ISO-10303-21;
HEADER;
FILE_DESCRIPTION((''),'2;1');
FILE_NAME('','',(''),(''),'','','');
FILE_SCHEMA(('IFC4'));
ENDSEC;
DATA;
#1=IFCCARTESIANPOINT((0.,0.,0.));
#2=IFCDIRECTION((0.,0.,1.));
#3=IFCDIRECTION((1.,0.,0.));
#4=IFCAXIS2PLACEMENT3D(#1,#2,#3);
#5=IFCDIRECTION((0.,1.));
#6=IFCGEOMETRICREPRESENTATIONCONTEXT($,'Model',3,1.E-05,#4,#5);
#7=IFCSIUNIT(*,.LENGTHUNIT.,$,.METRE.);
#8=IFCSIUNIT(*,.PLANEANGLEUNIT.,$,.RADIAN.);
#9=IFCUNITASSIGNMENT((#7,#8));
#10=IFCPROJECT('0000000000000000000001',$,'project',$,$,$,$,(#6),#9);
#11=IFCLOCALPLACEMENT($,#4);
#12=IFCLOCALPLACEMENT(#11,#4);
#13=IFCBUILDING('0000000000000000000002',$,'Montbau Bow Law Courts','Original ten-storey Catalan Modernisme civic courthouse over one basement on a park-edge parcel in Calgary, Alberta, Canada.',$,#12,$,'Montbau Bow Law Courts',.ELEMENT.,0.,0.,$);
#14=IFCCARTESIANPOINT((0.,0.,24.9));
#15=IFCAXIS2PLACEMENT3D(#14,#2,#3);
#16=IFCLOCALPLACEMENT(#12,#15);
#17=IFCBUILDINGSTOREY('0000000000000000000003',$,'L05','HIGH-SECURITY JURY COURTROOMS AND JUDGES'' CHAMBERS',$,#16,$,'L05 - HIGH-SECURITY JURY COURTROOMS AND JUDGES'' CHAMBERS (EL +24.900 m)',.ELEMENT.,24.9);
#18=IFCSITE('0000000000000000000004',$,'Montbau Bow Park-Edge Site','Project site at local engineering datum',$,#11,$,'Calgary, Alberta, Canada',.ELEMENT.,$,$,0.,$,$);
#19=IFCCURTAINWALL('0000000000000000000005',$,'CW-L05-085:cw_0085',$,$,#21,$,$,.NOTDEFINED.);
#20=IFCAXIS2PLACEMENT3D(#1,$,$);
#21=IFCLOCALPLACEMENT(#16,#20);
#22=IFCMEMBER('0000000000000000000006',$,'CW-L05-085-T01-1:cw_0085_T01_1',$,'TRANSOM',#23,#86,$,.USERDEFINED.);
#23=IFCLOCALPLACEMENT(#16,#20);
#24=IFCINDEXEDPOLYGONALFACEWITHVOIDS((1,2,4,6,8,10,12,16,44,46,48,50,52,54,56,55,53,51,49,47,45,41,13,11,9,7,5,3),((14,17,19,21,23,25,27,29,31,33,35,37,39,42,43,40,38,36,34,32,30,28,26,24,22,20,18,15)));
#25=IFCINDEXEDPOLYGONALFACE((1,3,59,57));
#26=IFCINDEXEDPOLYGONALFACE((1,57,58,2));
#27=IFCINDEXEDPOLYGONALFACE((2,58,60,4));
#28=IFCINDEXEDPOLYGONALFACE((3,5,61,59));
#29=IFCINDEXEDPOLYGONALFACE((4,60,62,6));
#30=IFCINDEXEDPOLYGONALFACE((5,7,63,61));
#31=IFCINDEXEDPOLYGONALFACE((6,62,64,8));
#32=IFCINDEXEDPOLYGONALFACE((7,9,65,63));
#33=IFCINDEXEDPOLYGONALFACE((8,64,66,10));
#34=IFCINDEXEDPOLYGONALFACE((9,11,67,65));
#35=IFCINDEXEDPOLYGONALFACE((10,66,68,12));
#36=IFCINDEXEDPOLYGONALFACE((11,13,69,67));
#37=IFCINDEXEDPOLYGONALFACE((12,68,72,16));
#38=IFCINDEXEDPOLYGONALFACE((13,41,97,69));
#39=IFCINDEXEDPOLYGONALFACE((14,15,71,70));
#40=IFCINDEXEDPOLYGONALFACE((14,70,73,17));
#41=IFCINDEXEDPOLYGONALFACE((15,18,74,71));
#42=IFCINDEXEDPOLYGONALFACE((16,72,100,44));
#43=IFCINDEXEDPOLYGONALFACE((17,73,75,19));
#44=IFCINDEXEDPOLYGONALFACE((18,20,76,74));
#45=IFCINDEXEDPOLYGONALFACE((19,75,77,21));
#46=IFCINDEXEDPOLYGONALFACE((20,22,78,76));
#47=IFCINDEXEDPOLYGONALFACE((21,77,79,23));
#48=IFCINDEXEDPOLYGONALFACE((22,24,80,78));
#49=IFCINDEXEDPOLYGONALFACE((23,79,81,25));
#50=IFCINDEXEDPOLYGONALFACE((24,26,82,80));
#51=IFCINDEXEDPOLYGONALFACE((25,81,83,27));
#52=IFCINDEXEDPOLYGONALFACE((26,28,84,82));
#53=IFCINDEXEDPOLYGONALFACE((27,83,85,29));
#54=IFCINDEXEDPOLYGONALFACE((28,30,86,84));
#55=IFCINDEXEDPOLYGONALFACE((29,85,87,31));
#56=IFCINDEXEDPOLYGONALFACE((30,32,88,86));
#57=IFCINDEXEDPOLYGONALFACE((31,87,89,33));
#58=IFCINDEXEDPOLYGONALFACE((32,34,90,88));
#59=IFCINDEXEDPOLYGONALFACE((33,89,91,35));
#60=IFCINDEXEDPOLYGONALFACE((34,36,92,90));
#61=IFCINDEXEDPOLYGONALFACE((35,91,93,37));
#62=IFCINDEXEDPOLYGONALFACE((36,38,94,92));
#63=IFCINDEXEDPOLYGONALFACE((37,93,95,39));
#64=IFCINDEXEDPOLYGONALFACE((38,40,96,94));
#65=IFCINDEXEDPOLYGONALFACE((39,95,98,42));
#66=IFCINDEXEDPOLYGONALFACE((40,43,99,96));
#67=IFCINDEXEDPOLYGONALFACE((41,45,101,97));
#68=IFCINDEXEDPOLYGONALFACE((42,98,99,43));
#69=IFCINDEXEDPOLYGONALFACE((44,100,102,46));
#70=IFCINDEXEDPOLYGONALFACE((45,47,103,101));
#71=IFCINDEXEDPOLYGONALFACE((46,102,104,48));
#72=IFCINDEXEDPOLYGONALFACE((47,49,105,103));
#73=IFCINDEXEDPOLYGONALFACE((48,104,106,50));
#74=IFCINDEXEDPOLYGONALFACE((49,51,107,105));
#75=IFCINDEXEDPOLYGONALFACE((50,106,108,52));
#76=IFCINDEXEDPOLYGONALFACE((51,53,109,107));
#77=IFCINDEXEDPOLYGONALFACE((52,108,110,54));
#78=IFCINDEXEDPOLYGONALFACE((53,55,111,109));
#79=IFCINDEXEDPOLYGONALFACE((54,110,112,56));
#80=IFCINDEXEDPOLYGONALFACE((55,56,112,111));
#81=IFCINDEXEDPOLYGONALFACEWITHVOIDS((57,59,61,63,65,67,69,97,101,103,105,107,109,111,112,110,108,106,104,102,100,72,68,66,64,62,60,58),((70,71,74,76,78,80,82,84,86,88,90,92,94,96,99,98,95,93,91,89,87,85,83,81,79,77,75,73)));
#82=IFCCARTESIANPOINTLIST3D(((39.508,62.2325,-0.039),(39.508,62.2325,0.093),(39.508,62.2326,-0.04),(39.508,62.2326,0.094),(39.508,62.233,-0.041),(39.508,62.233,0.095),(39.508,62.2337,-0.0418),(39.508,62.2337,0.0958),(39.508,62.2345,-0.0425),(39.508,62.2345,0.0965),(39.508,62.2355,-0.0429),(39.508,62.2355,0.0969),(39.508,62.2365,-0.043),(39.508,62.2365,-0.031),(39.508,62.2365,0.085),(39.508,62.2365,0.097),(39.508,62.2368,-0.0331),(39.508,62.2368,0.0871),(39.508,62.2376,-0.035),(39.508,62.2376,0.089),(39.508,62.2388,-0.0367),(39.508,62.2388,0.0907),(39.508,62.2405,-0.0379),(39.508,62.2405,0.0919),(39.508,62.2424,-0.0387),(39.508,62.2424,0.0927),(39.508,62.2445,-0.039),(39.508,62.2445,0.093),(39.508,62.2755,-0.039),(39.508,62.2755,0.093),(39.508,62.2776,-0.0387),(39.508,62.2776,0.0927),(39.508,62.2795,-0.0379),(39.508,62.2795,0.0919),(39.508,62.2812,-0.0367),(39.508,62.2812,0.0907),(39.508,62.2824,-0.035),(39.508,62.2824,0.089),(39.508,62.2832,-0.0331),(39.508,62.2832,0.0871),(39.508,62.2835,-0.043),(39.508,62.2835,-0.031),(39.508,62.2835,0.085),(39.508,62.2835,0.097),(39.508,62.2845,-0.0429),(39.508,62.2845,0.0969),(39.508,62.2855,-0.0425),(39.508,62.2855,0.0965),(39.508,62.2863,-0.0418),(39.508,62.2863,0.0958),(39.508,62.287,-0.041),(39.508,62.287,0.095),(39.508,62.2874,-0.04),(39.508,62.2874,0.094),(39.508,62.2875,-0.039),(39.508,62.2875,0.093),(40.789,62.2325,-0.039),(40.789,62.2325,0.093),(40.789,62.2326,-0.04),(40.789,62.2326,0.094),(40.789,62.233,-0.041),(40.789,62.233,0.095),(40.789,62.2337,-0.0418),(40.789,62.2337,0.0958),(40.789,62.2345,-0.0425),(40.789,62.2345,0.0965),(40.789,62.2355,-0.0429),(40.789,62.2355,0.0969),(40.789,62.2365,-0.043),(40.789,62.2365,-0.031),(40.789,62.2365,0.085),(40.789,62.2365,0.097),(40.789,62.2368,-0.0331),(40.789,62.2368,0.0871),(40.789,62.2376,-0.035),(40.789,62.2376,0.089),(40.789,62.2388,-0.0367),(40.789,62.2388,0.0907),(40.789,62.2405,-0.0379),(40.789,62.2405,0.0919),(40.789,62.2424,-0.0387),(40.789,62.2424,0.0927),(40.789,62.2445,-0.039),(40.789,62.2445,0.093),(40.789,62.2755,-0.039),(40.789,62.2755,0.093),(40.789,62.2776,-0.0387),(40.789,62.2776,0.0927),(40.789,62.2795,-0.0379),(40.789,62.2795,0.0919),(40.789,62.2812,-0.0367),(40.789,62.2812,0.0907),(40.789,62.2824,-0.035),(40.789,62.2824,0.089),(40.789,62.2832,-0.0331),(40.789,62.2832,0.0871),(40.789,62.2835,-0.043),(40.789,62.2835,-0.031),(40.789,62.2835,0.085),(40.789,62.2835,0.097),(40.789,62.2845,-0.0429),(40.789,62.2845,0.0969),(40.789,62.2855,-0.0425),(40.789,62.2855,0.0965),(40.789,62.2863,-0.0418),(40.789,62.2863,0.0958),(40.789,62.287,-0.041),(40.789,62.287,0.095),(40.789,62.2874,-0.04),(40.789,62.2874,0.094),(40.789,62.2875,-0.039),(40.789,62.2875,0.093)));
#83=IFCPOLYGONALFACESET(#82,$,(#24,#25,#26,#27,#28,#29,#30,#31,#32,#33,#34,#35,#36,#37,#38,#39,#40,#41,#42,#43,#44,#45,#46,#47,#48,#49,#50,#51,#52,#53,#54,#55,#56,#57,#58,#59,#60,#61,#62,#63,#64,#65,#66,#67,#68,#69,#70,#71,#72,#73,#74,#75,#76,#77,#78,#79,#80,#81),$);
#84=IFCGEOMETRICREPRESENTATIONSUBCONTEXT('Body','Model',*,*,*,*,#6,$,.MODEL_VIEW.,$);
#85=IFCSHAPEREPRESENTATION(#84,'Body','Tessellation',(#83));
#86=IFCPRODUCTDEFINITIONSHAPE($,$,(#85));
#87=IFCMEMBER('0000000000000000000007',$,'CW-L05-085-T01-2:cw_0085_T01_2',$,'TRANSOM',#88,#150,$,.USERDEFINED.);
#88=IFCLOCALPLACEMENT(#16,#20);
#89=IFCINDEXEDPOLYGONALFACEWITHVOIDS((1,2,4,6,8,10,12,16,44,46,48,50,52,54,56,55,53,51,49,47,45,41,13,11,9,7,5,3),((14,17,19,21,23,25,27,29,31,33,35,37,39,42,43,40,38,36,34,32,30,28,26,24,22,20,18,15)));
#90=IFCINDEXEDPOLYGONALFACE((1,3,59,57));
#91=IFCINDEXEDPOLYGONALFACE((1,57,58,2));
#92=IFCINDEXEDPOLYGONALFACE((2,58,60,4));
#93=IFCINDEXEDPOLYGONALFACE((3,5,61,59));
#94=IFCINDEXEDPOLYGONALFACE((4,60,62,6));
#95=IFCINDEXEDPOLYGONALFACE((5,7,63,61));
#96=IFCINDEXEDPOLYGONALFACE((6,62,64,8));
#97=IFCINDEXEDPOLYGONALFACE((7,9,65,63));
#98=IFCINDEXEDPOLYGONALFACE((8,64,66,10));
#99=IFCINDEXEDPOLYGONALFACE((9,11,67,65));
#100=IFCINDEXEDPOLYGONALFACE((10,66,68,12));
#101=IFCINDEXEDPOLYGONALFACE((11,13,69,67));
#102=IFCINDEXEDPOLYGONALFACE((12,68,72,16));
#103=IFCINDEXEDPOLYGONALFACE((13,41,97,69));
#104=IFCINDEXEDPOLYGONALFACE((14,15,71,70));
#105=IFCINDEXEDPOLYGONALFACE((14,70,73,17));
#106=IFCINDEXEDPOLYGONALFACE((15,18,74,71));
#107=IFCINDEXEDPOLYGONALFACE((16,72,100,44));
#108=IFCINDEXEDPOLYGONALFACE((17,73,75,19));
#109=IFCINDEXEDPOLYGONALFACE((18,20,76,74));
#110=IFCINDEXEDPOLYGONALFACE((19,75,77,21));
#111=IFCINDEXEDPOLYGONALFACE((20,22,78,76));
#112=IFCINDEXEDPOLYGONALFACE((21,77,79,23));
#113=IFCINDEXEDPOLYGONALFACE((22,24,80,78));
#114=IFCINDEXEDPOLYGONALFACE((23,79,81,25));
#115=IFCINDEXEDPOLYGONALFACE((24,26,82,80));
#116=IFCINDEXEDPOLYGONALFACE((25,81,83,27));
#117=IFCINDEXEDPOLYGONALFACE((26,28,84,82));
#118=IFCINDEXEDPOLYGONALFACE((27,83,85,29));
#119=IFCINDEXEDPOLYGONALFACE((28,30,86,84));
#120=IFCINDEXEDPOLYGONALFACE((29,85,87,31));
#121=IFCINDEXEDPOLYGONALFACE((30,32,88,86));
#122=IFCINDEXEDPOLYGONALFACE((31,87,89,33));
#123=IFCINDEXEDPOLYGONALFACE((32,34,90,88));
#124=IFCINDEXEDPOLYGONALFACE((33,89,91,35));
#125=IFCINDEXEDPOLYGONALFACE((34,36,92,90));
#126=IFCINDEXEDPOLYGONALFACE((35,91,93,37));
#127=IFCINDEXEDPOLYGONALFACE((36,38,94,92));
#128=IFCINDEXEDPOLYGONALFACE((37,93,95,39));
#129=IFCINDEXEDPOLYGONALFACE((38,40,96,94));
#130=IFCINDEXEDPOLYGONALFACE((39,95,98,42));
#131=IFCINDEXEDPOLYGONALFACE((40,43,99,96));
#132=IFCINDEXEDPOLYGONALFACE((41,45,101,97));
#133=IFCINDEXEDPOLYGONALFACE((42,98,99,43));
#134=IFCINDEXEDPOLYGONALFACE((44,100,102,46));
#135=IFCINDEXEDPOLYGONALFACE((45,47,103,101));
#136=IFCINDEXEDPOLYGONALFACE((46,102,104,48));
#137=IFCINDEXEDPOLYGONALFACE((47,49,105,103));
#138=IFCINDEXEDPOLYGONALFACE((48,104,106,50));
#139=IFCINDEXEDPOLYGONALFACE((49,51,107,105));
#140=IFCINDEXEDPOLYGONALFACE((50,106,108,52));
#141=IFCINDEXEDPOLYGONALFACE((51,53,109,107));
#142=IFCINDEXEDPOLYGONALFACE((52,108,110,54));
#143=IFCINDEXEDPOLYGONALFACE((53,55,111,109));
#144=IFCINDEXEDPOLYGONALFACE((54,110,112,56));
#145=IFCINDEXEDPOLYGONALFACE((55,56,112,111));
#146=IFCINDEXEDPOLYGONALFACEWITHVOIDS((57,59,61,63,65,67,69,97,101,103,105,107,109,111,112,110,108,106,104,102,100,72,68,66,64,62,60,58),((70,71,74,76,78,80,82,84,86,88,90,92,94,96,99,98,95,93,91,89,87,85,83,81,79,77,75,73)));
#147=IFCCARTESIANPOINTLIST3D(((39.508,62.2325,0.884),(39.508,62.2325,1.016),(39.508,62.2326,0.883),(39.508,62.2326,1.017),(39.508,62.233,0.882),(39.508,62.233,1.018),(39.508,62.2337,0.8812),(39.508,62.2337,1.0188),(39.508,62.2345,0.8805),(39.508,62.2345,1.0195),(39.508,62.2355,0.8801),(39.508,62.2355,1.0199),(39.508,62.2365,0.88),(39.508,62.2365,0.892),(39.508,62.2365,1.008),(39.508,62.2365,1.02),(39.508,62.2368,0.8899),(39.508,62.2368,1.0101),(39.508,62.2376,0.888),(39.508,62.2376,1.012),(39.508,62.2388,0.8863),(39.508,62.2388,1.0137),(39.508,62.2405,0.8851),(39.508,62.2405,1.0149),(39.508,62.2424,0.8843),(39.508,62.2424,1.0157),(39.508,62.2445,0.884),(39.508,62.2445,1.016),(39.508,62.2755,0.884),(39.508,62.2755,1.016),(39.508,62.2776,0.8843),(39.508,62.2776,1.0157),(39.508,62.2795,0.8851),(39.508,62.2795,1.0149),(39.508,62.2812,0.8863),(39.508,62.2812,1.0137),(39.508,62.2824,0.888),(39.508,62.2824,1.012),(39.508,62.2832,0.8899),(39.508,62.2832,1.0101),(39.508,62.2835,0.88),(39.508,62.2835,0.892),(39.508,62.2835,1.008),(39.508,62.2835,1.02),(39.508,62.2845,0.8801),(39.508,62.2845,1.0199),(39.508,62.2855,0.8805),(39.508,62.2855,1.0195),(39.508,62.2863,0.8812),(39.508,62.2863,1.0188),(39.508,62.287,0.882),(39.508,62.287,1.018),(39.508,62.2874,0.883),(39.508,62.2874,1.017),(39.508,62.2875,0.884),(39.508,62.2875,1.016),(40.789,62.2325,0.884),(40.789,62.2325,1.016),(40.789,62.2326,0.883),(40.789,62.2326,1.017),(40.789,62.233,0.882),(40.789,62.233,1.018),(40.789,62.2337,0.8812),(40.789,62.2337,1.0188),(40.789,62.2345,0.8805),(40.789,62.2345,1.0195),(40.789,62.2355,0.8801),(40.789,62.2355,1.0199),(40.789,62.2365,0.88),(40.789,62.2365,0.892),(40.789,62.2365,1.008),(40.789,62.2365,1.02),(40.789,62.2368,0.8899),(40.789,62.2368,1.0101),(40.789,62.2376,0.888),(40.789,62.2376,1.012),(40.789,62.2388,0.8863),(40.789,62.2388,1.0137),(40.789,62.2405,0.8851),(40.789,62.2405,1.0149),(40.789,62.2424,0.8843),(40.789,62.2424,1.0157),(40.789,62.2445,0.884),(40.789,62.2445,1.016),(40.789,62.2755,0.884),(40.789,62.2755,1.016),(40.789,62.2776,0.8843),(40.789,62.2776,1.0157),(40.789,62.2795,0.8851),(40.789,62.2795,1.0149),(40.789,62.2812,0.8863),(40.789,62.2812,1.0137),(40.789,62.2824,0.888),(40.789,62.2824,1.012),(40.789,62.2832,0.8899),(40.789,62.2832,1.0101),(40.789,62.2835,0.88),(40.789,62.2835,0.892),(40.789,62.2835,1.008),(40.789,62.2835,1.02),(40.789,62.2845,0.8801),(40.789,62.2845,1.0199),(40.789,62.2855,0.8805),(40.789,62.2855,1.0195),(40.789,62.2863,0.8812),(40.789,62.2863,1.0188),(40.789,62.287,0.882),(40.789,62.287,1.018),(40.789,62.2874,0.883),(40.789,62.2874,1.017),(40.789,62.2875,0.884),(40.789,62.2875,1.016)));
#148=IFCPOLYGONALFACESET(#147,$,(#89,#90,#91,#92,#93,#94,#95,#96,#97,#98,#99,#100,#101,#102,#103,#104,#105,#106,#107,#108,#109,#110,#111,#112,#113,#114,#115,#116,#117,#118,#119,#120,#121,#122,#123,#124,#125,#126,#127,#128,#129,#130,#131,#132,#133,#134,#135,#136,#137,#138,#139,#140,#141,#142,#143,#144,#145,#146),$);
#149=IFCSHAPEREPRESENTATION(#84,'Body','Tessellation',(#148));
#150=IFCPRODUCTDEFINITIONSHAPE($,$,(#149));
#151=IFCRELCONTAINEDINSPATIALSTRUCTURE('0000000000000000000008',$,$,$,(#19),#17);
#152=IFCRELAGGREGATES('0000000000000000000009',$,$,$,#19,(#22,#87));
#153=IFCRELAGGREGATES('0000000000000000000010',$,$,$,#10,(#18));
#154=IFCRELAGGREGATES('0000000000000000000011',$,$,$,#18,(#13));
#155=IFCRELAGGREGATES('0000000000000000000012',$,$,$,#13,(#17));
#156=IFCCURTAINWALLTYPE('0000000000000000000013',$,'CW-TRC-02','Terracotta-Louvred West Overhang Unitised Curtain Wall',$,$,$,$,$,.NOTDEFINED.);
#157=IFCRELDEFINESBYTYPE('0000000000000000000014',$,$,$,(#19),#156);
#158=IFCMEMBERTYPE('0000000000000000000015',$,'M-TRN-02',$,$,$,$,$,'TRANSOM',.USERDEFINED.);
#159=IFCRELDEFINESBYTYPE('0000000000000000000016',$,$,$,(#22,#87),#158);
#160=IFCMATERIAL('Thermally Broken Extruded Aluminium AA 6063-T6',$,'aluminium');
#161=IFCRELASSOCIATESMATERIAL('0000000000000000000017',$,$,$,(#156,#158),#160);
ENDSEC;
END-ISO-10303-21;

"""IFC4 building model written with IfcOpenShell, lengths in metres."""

from ifc_helpers import new_model, si_unit, direction, frame, origin_with_axes, origin_2d_with_axis, place, context, subcontext, project, spatial, hollow_rectangle, extrude, material, material_profile, profile_set, type_object, element, aggregate, save


model = new_model("IFC4")

# Units and contexts
model_context = context("Model", 3, precision=1e-05, world=origin_with_axes(), true_north=direction((0.0, 1.0)))
body_context = subcontext(model_context, "Body", "Model", "MODEL_VIEW")
ifc_project = project(units=[si_unit("LENGTHUNIT", "METRE"), si_unit("PLANEANGLEUNIT", "RADIAN")], contexts=[model_context])

# Site, building, storey
site_placement = place(None, origin_with_axes())
site = spatial("IfcSite", under=ifc_project, at=site_placement, Name="Montbau Bow Park-Edge Site", Description="Project site at local engineering datum", LongName="Calgary, Alberta, Canada", CompositionType="ELEMENT", RefElevation=0.0)
building_placement = place(site_placement, origin_with_axes())
building = spatial("IfcBuilding", under=site, at=building_placement, Name="Montbau Bow Law Courts", Description="Original ten-storey Catalan Modernisme civic courthouse over one basement on a park-edge parcel in Calgary, Alberta, Canada.", LongName="Montbau Bow Law Courts", CompositionType="ELEMENT", ElevationOfRefHeight=0.0, ElevationOfTerrain=0.0)
storey_placement = place(building_placement, frame((0.0, 0.0, 24.9), z_axis=(0.0, 0.0, 1.0), x_axis=(1.0, 0.0, 0.0)))
storey = spatial("IfcBuildingStorey", under=building, at=storey_placement, Name="L05", Description="HIGH-SECURITY JURY COURTROOMS AND JUDGES' CHAMBERS", LongName="L05 - HIGH-SECURITY JURY COURTROOMS AND JUDGES' CHAMBERS (EL +24.900 m)", CompositionType="ELEMENT", Elevation=24.9)

# Curtain wall
ifc_material_1 = material(Name="Thermally Broken Extruded Aluminium AA 6063-T6", Category="aluminium")
curtain_wall_type = type_object("IfcCurtainWallType", Name="CW-TRC-02", Description="Terracotta-Louvred West Overhang Unitised Curtain Wall", PredefinedType="NOTDEFINED", material=ifc_material_1)
curtain_wall_1_placement = place(None, frame((39.44, 62.26, 24.9), z_axis=(0.0, 0.0, 1.0), x_axis=(1.0, 0.0, 0.0)))
curtain_wall_1 = element("IfcCurtainWall", 1, at=curtain_wall_1_placement, inside=storey, type_object=curtain_wall_type, Name="CW-L05-085:cw_0085", PredefinedType="NOTDEFINED")

# Members
ifc_material_profile_1 = material_profile(ifc_material_1, hollow_rectangle(XDim=0.055, YDim=0.14, WallThickness=0.004, InnerFilletRadius=0.008, OuterFilletRadius=0.004, at=origin_2d_with_axis()), Name="CWT-140X55", Category="Main", Priority=0)
ifc_profile_set_1 = profile_set([ifc_material_profile_1], Name="Thermally Broken Extruded Aluminium AA 6063-T6")
member_type_1 = type_object("IfcMemberType", Name="M-TRN-02", ElementType="TRANSOM", PredefinedType="USERDEFINED", material=ifc_profile_set_1)
member_1_placement = place(None, frame((39.508, 62.26, 24.927), z_axis=(1.0, 0.0, 0.0), x_axis=(0.0, 1.0, 0.0)))
member_1 = element("IfcMember", 2, at=member_1_placement, type_object=member_type_1, Name="CW-L05-085-T01-1:cw_0085_T01_1", ObjectType="TRANSOM", PredefinedType="USERDEFINED", context=body_context, shape_type="SweptSolid", body=[
    extrude(hollow_rectangle(XDim=0.055, YDim=0.14, WallThickness=0.004, InnerFilletRadius=0.008, OuterFilletRadius=0.004, at=origin_2d_with_axis()), origin_with_axes(), (0.0, 0.0, 1.0), 1.281),
])
member_2_placement = place(None, frame((39.508, 62.26, 25.85), z_axis=(1.0, 0.0, 0.0), x_axis=(0.0, 1.0, 0.0)))
member_2 = element("IfcMember", 3, at=member_2_placement, type_object=member_type_1, Name="CW-L05-085-T01-2:cw_0085_T01_2", ObjectType="TRANSOM", PredefinedType="USERDEFINED", context=body_context, shape_type="SweptSolid", body=[
    extrude(hollow_rectangle(XDim=0.055, YDim=0.14, WallThickness=0.004, InnerFilletRadius=0.008, OuterFilletRadius=0.004, at=origin_2d_with_axis()), origin_with_axes(), (0.0, 0.0, 1.0), 1.281),
])

aggregate(curtain_wall_1, [member_1, member_2])

save(model, "model.ifc")
